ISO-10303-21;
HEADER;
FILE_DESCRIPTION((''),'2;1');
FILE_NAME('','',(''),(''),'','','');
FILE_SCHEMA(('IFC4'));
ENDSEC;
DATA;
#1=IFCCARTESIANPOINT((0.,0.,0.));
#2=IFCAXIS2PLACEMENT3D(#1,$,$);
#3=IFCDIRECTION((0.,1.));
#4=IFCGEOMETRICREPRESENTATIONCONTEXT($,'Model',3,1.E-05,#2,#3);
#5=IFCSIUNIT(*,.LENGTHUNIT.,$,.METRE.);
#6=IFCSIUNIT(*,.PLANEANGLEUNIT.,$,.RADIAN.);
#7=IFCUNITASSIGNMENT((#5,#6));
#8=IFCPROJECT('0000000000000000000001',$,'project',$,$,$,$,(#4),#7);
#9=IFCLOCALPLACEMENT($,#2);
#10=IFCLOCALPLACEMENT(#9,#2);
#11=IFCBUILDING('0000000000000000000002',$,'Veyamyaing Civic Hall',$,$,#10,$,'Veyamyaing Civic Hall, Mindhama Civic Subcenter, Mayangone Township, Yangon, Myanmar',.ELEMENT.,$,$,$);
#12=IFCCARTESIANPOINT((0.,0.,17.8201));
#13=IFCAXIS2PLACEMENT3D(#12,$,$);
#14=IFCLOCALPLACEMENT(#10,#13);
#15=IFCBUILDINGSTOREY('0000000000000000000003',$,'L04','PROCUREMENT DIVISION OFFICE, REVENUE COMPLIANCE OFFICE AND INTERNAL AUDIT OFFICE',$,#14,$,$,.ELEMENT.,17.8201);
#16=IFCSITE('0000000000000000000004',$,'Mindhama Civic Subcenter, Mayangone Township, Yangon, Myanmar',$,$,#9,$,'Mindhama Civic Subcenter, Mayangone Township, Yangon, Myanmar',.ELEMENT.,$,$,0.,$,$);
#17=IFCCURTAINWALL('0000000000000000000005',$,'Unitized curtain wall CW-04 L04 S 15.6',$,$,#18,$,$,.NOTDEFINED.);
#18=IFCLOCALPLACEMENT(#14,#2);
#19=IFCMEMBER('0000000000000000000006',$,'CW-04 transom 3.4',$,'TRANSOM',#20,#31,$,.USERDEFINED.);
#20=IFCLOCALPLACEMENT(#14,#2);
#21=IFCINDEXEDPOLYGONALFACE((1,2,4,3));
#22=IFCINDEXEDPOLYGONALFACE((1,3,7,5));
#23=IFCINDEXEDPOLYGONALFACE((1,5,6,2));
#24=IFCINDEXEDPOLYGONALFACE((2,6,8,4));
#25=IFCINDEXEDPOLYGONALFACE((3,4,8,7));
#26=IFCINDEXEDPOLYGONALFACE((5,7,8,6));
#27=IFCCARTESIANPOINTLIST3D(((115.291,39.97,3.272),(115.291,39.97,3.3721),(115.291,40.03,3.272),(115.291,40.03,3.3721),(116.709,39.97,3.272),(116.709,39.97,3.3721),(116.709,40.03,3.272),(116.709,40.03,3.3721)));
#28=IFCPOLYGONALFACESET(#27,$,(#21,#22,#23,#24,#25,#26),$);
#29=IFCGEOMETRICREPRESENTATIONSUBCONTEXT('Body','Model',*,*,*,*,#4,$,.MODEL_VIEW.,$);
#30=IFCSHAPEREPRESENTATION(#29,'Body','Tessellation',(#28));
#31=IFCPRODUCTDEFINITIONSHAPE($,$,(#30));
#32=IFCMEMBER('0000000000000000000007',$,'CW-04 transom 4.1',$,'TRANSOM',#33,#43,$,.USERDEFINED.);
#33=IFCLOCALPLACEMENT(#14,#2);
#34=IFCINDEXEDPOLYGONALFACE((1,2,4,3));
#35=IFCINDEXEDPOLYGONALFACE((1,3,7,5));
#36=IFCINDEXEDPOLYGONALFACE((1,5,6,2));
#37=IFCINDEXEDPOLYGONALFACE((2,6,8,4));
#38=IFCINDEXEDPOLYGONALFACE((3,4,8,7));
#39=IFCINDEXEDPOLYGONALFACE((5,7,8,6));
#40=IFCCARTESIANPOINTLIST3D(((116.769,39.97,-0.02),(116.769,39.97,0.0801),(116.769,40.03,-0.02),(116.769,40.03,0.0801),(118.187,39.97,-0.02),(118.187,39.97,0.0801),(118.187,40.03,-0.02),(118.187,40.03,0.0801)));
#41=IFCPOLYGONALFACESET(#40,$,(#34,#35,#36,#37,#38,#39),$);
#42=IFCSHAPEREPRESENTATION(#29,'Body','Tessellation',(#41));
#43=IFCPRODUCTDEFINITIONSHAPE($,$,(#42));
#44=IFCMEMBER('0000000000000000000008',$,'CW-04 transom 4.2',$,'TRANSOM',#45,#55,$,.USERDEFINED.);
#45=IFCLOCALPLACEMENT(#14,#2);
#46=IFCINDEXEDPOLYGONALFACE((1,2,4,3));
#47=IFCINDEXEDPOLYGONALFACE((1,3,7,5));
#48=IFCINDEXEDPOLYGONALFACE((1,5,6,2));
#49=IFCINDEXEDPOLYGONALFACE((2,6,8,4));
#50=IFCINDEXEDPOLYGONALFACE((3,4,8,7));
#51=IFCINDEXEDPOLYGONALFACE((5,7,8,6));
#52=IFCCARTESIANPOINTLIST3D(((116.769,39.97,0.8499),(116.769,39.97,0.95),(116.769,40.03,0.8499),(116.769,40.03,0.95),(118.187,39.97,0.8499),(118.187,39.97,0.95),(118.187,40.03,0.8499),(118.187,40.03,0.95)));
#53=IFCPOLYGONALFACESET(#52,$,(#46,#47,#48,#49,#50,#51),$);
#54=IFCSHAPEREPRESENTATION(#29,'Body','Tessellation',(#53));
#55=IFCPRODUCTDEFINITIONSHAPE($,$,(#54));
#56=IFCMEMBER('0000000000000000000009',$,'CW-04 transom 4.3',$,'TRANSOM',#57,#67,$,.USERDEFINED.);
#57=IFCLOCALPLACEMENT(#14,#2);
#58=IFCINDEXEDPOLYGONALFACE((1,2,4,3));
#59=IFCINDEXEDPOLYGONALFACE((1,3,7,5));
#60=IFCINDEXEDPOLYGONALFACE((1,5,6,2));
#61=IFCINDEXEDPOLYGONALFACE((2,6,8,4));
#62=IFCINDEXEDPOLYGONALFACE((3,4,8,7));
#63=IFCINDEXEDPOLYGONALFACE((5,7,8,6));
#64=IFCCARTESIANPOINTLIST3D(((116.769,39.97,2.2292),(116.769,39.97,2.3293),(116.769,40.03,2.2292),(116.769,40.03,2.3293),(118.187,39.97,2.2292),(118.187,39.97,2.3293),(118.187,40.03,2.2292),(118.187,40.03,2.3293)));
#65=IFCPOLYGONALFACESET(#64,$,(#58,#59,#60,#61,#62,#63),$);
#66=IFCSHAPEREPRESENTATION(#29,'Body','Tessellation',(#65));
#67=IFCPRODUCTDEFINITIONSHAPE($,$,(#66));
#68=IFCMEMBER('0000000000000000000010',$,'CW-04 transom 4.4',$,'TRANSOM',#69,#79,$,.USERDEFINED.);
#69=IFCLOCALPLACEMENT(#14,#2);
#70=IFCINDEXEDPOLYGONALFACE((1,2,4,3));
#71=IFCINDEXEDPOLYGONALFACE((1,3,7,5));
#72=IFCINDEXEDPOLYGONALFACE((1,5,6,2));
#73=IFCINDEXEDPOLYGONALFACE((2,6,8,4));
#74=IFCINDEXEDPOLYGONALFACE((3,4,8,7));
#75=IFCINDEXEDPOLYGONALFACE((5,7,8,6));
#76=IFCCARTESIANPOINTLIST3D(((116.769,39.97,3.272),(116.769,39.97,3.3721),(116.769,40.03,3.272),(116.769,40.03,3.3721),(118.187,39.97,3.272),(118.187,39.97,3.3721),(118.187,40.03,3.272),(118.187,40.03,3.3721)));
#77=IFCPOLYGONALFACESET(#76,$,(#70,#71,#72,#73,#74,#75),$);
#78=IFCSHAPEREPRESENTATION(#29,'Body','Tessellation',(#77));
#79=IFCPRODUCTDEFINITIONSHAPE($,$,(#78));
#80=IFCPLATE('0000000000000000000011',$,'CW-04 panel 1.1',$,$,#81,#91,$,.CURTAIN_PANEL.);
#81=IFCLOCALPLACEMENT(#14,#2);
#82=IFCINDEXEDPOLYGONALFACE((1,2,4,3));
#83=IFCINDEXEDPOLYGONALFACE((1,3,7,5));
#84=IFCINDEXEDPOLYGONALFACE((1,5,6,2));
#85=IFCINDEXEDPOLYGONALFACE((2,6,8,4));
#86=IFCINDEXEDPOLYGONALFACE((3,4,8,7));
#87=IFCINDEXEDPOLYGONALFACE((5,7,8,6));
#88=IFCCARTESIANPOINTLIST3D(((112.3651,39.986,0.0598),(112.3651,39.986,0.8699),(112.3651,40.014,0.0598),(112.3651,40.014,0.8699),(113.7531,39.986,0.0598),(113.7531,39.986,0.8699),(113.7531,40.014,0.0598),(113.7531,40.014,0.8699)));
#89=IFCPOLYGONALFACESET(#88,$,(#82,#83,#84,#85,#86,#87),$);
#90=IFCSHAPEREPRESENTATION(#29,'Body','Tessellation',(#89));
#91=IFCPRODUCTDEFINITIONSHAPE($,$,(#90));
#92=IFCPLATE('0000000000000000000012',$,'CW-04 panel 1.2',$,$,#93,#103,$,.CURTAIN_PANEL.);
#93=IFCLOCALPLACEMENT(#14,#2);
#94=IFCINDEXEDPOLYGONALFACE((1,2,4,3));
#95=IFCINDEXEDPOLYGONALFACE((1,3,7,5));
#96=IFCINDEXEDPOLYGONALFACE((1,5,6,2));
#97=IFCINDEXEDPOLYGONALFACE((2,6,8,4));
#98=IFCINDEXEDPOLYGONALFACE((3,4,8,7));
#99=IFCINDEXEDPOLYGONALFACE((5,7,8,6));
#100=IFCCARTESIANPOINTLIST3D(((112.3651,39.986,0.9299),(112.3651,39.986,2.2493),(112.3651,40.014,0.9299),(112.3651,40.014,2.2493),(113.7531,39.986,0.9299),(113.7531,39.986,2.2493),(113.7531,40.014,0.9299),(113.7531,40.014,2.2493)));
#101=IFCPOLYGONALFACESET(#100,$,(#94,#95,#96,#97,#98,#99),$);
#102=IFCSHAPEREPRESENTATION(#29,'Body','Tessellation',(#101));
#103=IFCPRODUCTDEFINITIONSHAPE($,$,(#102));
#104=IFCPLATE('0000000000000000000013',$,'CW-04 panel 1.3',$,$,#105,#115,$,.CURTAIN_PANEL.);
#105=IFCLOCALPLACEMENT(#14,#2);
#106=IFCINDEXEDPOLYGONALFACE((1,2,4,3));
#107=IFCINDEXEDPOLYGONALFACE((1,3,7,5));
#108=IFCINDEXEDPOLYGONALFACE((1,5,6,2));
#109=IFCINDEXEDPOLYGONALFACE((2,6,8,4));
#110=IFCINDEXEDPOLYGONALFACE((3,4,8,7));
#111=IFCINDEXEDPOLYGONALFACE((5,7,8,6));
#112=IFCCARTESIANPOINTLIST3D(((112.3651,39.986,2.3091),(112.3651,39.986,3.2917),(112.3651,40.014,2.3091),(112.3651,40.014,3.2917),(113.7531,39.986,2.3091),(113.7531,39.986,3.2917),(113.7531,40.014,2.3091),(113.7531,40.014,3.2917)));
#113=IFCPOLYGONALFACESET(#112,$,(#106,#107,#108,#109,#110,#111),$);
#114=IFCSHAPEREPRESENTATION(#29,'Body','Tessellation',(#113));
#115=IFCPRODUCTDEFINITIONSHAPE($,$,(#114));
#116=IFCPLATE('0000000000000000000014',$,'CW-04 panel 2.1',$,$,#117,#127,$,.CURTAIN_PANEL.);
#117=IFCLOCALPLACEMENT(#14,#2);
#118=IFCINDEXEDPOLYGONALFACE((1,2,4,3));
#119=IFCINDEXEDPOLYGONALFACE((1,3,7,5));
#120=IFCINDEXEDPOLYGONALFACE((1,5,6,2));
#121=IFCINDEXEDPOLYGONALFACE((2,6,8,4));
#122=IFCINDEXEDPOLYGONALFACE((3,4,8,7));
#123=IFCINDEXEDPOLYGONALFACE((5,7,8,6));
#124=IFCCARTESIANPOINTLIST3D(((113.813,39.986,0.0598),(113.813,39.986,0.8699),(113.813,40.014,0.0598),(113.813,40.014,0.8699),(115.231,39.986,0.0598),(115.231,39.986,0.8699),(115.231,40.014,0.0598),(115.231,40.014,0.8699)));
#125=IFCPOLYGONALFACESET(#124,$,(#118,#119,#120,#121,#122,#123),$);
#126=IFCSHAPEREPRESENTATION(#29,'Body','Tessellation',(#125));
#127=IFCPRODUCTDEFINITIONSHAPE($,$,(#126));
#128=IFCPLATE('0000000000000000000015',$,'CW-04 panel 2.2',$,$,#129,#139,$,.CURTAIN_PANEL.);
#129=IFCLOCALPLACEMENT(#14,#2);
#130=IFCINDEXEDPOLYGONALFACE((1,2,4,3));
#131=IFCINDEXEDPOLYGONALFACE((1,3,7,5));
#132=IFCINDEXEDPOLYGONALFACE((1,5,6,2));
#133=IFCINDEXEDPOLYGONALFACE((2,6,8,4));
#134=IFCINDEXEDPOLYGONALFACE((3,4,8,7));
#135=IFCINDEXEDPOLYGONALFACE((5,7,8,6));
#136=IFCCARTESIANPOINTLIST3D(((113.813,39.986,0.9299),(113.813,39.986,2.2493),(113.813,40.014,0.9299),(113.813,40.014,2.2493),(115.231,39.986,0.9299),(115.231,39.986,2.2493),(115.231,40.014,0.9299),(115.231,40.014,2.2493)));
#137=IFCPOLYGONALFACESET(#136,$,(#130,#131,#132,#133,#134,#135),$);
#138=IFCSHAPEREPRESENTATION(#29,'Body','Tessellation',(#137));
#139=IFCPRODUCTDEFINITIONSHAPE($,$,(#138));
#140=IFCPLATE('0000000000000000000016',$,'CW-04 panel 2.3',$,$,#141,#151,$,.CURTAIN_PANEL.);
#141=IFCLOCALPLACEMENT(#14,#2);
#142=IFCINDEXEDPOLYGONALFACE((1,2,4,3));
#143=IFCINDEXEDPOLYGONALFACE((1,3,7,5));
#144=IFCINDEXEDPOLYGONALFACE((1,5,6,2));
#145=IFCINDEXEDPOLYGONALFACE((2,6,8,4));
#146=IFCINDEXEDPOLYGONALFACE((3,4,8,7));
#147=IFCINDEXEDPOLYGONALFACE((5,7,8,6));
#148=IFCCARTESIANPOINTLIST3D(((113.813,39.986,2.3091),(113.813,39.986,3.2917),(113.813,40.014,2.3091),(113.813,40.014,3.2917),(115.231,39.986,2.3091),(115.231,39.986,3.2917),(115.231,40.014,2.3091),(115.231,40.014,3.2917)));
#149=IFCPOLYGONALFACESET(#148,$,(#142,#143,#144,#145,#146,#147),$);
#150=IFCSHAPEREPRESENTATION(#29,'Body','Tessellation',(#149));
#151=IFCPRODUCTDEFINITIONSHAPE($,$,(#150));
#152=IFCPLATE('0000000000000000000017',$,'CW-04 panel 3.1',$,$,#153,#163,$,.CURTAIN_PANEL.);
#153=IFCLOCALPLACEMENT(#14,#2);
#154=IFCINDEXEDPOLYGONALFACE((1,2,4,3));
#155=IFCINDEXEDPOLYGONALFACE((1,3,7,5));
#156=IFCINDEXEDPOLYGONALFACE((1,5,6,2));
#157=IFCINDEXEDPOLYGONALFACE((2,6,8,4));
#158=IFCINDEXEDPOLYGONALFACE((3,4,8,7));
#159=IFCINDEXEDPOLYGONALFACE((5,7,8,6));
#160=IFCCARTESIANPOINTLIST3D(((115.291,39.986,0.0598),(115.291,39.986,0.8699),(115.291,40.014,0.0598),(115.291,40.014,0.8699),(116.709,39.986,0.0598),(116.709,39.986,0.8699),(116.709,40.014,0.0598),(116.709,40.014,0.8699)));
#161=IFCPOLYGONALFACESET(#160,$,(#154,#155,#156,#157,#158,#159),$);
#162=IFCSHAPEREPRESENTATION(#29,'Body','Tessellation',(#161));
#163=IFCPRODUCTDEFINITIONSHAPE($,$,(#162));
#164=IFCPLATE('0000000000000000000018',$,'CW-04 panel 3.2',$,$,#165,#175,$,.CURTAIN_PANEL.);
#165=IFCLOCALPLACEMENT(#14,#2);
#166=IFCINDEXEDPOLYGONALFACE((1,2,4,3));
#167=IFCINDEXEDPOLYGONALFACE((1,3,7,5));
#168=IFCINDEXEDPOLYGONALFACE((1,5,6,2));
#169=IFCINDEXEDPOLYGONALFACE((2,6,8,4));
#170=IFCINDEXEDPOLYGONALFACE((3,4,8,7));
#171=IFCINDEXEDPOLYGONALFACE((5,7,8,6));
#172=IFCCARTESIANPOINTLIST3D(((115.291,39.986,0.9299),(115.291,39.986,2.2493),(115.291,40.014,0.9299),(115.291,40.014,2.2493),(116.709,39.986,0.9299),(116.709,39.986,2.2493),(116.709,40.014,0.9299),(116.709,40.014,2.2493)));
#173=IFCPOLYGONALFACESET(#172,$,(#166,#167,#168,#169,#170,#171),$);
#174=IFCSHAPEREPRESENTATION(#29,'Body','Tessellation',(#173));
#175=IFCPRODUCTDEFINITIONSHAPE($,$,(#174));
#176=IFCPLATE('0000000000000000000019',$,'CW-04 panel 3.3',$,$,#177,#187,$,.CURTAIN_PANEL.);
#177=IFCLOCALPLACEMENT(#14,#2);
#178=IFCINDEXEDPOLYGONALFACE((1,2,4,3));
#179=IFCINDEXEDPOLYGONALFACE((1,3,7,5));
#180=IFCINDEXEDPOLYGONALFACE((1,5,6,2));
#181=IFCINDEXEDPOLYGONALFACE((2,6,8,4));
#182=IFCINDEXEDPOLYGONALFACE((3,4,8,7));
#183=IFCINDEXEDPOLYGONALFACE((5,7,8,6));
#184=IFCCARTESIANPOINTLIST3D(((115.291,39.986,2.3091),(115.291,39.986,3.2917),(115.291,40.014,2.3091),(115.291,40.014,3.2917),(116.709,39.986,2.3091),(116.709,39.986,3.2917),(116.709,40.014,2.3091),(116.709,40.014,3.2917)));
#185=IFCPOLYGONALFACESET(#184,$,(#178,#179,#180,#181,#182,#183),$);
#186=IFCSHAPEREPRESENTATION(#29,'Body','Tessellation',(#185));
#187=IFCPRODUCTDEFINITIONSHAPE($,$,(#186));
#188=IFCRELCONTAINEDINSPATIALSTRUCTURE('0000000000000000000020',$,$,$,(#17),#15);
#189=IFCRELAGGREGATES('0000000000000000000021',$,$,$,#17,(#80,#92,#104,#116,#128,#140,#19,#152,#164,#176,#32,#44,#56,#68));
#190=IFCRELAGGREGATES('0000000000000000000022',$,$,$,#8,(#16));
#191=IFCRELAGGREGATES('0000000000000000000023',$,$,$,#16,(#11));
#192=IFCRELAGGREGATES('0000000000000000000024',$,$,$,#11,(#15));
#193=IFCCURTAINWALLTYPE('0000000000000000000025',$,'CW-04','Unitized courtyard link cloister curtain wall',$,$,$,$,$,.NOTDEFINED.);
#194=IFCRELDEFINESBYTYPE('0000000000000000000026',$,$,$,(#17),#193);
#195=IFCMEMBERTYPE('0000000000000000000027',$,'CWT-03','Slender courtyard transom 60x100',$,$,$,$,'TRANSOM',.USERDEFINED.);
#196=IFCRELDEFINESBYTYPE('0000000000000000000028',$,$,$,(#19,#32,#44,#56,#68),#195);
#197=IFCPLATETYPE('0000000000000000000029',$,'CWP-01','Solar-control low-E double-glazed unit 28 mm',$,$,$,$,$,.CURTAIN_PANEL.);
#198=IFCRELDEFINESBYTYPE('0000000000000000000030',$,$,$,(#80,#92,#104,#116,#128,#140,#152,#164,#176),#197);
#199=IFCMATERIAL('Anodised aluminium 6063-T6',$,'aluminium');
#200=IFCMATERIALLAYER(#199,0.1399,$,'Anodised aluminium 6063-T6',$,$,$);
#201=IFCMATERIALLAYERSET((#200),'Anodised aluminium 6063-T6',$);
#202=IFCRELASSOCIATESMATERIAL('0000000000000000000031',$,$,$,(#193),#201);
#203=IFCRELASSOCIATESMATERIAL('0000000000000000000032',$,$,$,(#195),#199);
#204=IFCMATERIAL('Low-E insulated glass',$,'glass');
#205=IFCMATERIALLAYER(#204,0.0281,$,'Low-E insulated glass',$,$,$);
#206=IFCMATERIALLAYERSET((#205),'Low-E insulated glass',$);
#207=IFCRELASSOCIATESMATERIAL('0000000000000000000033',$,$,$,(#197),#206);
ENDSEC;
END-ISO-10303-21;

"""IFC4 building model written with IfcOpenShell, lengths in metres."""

from ifc_helpers import new_model, si_unit, direction, frame, origin, origin_2d, place, context, subcontext, project, spatial, rectangle, extrude, material, layer, layer_set, material_profile, profile_set, type_object, element, aggregate, save


model = new_model("IFC4")

# Units and contexts
model_context = context("Model", 3, precision=1e-05, world=origin(), true_north=direction((0.0, 1.0)))
body_context = subcontext(model_context, "Body", "Model", "MODEL_VIEW")
ifc_project = project(units=[si_unit("LENGTHUNIT", "METRE"), si_unit("PLANEANGLEUNIT", "RADIAN")], contexts=[model_context])

# Site, building, storey
site_placement = place(None, origin())
site = spatial("IfcSite", under=ifc_project, at=site_placement, Name="Mindhama Civic Subcenter, Mayangone Township, Yangon, Myanmar", LongName="Mindhama Civic Subcenter, Mayangone Township, Yangon, Myanmar", CompositionType="ELEMENT", RefElevation=0.0)
building_placement = place(site_placement, origin())
building = spatial("IfcBuilding", under=site, at=building_placement, Name="Veyamyaing Civic Hall", LongName="Veyamyaing Civic Hall, Mindhama Civic Subcenter, Mayangone Township, Yangon, Myanmar", CompositionType="ELEMENT")
storey_placement = place(building_placement, frame((0.0, 0.0, 17.8201)))
storey = spatial("IfcBuildingStorey", under=building, at=storey_placement, Name="L04", Description="PROCUREMENT DIVISION OFFICE, REVENUE COMPLIANCE OFFICE AND INTERNAL AUDIT OFFICE", CompositionType="ELEMENT", Elevation=17.8201)

# Curtain wall, members, plates
ifc_material_1 = material(Name="Anodised aluminium 6063-T6", Category="aluminium")
ifc_layer_1 = layer(ifc_material_1, 0.1399, Name="Anodised aluminium 6063-T6")
ifc_layer_set_1 = layer_set([ifc_layer_1], Name="Anodised aluminium 6063-T6")
curtain_wall_type = type_object("IfcCurtainWallType", Name="CW-04", Description="Unitized courtyard link cloister curtain wall", PredefinedType="NOTDEFINED", material=ifc_layer_set_1)
curtain_wall_placement = place(storey_placement, origin())
curtain_wall = element("IfcCurtainWall", 1, at=curtain_wall_placement, inside=storey, type_object=curtain_wall_type, Name="Unitized curtain wall CW-04 L04 S 15.6", PredefinedType="NOTDEFINED")
ifc_material_profile_1 = material_profile(ifc_material_1, rectangle(XDim=0.0601, YDim=0.1001, at=origin_2d()), Name="ALU-TRN-60X100")
ifc_profile_set_1 = profile_set([ifc_material_profile_1], Name="Anodised aluminium 6063-T6")
member_type_1 = type_object("IfcMemberType", Name="CWT-03", Description="Slender courtyard transom 60x100", ElementType="TRANSOM", PredefinedType="USERDEFINED", material=ifc_profile_set_1)
member_1_placement = place(storey_placement, frame((115.291, 40.0, 3.322), z_axis=(1.0, 0.0, 0.0), x_axis=(0.0, 1.0, 0.0)))
member_1 = element("IfcMember", 2, at=member_1_placement, type_object=member_type_1, Name="CW-04 transom 3.4", ObjectType="TRANSOM", PredefinedType="USERDEFINED", context=body_context, shape_type="SweptSolid", body=[
    extrude(rectangle(XDim=0.0601, YDim=0.1001, at=origin_2d()), origin(), (0.0, 0.0, 1.0), 1.418),
])
member_2_placement = place(storey_placement, frame((116.769, 40.0, 0.03), z_axis=(1.0, 0.0, 0.0), x_axis=(0.0, 1.0, 0.0)))
member_2 = element("IfcMember", 3, at=member_2_placement, type_object=member_type_1, Name="CW-04 transom 4.1", ObjectType="TRANSOM", PredefinedType="USERDEFINED", context=body_context, shape_type="SweptSolid", body=[
    extrude(rectangle(XDim=0.0601, YDim=0.1001, at=origin_2d()), origin(), (0.0, 0.0, 1.0), 1.418),
])
member_3_placement = place(storey_placement, frame((116.769, 40.0, 0.8999), z_axis=(1.0, 0.0, 0.0), x_axis=(0.0, 1.0, 0.0)))
member_3 = element("IfcMember", 4, at=member_3_placement, type_object=member_type_1, Name="CW-04 transom 4.2", ObjectType="TRANSOM", PredefinedType="USERDEFINED", context=body_context, shape_type="SweptSolid", body=[
    extrude(rectangle(XDim=0.0601, YDim=0.1001, at=origin_2d()), origin(), (0.0, 0.0, 1.0), 1.418),
])
member_4_placement = place(storey_placement, frame((116.769, 40.0, 2.2793), z_axis=(1.0, 0.0, 0.0), x_axis=(0.0, 1.0, 0.0)))
member_4 = element("IfcMember", 5, at=member_4_placement, type_object=member_type_1, Name="CW-04 transom 4.3", ObjectType="TRANSOM", PredefinedType="USERDEFINED", context=body_context, shape_type="SweptSolid", body=[
    extrude(rectangle(XDim=0.0601, YDim=0.1001, at=origin_2d()), origin(), (0.0, 0.0, 1.0), 1.418),
])
member_5_placement = place(storey_placement, frame((116.769, 40.0, 3.322), z_axis=(1.0, 0.0, 0.0), x_axis=(0.0, 1.0, 0.0)))
member_5 = element("IfcMember", 6, at=member_5_placement, type_object=member_type_1, Name="CW-04 transom 4.4", ObjectType="TRANSOM", PredefinedType="USERDEFINED", context=body_context, shape_type="SweptSolid", body=[
    extrude(rectangle(XDim=0.0601, YDim=0.1001, at=origin_2d()), origin(), (0.0, 0.0, 1.0), 1.418),
])
ifc_material_2 = material(Name="Low-E insulated glass", Category="glass")
ifc_layer_2 = layer(ifc_material_2, 0.0281, Name="Low-E insulated glass")
ifc_layer_set_2 = layer_set([ifc_layer_2], Name="Low-E insulated glass")
plate_type = type_object("IfcPlateType", Name="CWP-01", Description="Solar-control low-E double-glazed unit 28 mm", PredefinedType="CURTAIN_PANEL", material=ifc_layer_set_2)
plate_1_placement = place(storey_placement, frame((113.0591, 40.0, 0.0598), z_axis=(0.0, 0.0, 1.0), x_axis=(1.0, 0.0, 0.0)))
plate_1 = element("IfcPlate", 7, at=plate_1_placement, type_object=plate_type, Name="CW-04 panel 1.1", PredefinedType="CURTAIN_PANEL", context=body_context, shape_type="SweptSolid", body=[
    extrude(rectangle(XDim=1.3879, YDim=0.0281, at=origin_2d()), origin(), (0.0, 0.0, 1.0), 0.8101),
])
plate_2_placement = place(storey_placement, frame((113.0591, 40.0, 0.9299), z_axis=(0.0, 0.0, 1.0), x_axis=(1.0, 0.0, 0.0)))
plate_2 = element("IfcPlate", 8, at=plate_2_placement, type_object=plate_type, Name="CW-04 panel 1.2", PredefinedType="CURTAIN_PANEL", context=body_context, shape_type="SweptSolid", body=[
    extrude(rectangle(XDim=1.3879, YDim=0.0281, at=origin_2d()), origin(), (0.0, 0.0, 1.0), 1.3193),
])
plate_3_placement = place(storey_placement, frame((113.0591, 40.0, 2.3091), z_axis=(0.0, 0.0, 1.0), x_axis=(1.0, 0.0, 0.0)))
plate_3 = element("IfcPlate", 9, at=plate_3_placement, type_object=plate_type, Name="CW-04 panel 1.3", PredefinedType="CURTAIN_PANEL", context=body_context, shape_type="SweptSolid", body=[
    extrude(rectangle(XDim=1.3879, YDim=0.0281, at=origin_2d()), origin(), (0.0, 0.0, 1.0), 0.9827),
])
plate_4_placement = place(storey_placement, frame((114.522, 40.0, 0.0598), z_axis=(0.0, 0.0, 1.0), x_axis=(1.0, 0.0, 0.0)))
plate_4 = element("IfcPlate", 10, at=plate_4_placement, type_object=plate_type, Name="CW-04 panel 2.1", PredefinedType="CURTAIN_PANEL", context=body_context, shape_type="SweptSolid", body=[
    extrude(rectangle(XDim=1.418, YDim=0.0281, at=origin_2d()), origin(), (0.0, 0.0, 1.0), 0.8101),
])
plate_5_placement = place(storey_placement, frame((114.522, 40.0, 0.9299), z_axis=(0.0, 0.0, 1.0), x_axis=(1.0, 0.0, 0.0)))
plate_5 = element("IfcPlate", 11, at=plate_5_placement, type_object=plate_type, Name="CW-04 panel 2.2", PredefinedType="CURTAIN_PANEL", context=body_context, shape_type="SweptSolid", body=[
    extrude(rectangle(XDim=1.418, YDim=0.0281, at=origin_2d()), origin(), (0.0, 0.0, 1.0), 1.3193),
])
plate_6_placement = place(storey_placement, frame((114.522, 40.0, 2.3091), z_axis=(0.0, 0.0, 1.0), x_axis=(1.0, 0.0, 0.0)))
plate_6 = element("IfcPlate", 12, at=plate_6_placement, type_object=plate_type, Name="CW-04 panel 2.3", PredefinedType="CURTAIN_PANEL", context=body_context, shape_type="SweptSolid", body=[
    extrude(rectangle(XDim=1.418, YDim=0.0281, at=origin_2d()), origin(), (0.0, 0.0, 1.0), 0.9827),
])
plate_7_placement = place(storey_placement, frame((116.0, 40.0, 0.0598), z_axis=(0.0, 0.0, 1.0), x_axis=(1.0, 0.0, 0.0)))
plate_7 = element("IfcPlate", 13, at=plate_7_placement, type_object=plate_type, Name="CW-04 panel 3.1", PredefinedType="CURTAIN_PANEL", context=body_context, shape_type="SweptSolid", body=[
    extrude(rectangle(XDim=1.418, YDim=0.0281, at=origin_2d()), origin(), (0.0, 0.0, 1.0), 0.8101),
])
plate_8_placement = place(storey_placement, frame((116.0, 40.0, 0.9299), z_axis=(0.0, 0.0, 1.0), x_axis=(1.0, 0.0, 0.0)))
plate_8 = element("IfcPlate", 14, at=plate_8_placement, type_object=plate_type, Name="CW-04 panel 3.2", PredefinedType="CURTAIN_PANEL", context=body_context, shape_type="SweptSolid", body=[
    extrude(rectangle(XDim=1.418, YDim=0.0281, at=origin_2d()), origin(), (0.0, 0.0, 1.0), 1.3193),
])
plate_9_placement = place(storey_placement, frame((116.0, 40.0, 2.3091), z_axis=(0.0, 0.0, 1.0), x_axis=(1.0, 0.0, 0.0)))
plate_9 = element("IfcPlate", 15, at=plate_9_placement, type_object=plate_type, Name="CW-04 panel 3.3", PredefinedType="CURTAIN_PANEL", context=body_context, shape_type="SweptSolid", body=[
    extrude(rectangle(XDim=1.418, YDim=0.0281, at=origin_2d()), origin(), (0.0, 0.0, 1.0), 0.9827),
])
aggregate(curtain_wall, [plate_1, plate_2, plate_3, plate_4, plate_5, plate_6, member_1, plate_7, plate_8, plate_9, member_2, member_3, member_4, member_5])

save(model, "model.ifc")
